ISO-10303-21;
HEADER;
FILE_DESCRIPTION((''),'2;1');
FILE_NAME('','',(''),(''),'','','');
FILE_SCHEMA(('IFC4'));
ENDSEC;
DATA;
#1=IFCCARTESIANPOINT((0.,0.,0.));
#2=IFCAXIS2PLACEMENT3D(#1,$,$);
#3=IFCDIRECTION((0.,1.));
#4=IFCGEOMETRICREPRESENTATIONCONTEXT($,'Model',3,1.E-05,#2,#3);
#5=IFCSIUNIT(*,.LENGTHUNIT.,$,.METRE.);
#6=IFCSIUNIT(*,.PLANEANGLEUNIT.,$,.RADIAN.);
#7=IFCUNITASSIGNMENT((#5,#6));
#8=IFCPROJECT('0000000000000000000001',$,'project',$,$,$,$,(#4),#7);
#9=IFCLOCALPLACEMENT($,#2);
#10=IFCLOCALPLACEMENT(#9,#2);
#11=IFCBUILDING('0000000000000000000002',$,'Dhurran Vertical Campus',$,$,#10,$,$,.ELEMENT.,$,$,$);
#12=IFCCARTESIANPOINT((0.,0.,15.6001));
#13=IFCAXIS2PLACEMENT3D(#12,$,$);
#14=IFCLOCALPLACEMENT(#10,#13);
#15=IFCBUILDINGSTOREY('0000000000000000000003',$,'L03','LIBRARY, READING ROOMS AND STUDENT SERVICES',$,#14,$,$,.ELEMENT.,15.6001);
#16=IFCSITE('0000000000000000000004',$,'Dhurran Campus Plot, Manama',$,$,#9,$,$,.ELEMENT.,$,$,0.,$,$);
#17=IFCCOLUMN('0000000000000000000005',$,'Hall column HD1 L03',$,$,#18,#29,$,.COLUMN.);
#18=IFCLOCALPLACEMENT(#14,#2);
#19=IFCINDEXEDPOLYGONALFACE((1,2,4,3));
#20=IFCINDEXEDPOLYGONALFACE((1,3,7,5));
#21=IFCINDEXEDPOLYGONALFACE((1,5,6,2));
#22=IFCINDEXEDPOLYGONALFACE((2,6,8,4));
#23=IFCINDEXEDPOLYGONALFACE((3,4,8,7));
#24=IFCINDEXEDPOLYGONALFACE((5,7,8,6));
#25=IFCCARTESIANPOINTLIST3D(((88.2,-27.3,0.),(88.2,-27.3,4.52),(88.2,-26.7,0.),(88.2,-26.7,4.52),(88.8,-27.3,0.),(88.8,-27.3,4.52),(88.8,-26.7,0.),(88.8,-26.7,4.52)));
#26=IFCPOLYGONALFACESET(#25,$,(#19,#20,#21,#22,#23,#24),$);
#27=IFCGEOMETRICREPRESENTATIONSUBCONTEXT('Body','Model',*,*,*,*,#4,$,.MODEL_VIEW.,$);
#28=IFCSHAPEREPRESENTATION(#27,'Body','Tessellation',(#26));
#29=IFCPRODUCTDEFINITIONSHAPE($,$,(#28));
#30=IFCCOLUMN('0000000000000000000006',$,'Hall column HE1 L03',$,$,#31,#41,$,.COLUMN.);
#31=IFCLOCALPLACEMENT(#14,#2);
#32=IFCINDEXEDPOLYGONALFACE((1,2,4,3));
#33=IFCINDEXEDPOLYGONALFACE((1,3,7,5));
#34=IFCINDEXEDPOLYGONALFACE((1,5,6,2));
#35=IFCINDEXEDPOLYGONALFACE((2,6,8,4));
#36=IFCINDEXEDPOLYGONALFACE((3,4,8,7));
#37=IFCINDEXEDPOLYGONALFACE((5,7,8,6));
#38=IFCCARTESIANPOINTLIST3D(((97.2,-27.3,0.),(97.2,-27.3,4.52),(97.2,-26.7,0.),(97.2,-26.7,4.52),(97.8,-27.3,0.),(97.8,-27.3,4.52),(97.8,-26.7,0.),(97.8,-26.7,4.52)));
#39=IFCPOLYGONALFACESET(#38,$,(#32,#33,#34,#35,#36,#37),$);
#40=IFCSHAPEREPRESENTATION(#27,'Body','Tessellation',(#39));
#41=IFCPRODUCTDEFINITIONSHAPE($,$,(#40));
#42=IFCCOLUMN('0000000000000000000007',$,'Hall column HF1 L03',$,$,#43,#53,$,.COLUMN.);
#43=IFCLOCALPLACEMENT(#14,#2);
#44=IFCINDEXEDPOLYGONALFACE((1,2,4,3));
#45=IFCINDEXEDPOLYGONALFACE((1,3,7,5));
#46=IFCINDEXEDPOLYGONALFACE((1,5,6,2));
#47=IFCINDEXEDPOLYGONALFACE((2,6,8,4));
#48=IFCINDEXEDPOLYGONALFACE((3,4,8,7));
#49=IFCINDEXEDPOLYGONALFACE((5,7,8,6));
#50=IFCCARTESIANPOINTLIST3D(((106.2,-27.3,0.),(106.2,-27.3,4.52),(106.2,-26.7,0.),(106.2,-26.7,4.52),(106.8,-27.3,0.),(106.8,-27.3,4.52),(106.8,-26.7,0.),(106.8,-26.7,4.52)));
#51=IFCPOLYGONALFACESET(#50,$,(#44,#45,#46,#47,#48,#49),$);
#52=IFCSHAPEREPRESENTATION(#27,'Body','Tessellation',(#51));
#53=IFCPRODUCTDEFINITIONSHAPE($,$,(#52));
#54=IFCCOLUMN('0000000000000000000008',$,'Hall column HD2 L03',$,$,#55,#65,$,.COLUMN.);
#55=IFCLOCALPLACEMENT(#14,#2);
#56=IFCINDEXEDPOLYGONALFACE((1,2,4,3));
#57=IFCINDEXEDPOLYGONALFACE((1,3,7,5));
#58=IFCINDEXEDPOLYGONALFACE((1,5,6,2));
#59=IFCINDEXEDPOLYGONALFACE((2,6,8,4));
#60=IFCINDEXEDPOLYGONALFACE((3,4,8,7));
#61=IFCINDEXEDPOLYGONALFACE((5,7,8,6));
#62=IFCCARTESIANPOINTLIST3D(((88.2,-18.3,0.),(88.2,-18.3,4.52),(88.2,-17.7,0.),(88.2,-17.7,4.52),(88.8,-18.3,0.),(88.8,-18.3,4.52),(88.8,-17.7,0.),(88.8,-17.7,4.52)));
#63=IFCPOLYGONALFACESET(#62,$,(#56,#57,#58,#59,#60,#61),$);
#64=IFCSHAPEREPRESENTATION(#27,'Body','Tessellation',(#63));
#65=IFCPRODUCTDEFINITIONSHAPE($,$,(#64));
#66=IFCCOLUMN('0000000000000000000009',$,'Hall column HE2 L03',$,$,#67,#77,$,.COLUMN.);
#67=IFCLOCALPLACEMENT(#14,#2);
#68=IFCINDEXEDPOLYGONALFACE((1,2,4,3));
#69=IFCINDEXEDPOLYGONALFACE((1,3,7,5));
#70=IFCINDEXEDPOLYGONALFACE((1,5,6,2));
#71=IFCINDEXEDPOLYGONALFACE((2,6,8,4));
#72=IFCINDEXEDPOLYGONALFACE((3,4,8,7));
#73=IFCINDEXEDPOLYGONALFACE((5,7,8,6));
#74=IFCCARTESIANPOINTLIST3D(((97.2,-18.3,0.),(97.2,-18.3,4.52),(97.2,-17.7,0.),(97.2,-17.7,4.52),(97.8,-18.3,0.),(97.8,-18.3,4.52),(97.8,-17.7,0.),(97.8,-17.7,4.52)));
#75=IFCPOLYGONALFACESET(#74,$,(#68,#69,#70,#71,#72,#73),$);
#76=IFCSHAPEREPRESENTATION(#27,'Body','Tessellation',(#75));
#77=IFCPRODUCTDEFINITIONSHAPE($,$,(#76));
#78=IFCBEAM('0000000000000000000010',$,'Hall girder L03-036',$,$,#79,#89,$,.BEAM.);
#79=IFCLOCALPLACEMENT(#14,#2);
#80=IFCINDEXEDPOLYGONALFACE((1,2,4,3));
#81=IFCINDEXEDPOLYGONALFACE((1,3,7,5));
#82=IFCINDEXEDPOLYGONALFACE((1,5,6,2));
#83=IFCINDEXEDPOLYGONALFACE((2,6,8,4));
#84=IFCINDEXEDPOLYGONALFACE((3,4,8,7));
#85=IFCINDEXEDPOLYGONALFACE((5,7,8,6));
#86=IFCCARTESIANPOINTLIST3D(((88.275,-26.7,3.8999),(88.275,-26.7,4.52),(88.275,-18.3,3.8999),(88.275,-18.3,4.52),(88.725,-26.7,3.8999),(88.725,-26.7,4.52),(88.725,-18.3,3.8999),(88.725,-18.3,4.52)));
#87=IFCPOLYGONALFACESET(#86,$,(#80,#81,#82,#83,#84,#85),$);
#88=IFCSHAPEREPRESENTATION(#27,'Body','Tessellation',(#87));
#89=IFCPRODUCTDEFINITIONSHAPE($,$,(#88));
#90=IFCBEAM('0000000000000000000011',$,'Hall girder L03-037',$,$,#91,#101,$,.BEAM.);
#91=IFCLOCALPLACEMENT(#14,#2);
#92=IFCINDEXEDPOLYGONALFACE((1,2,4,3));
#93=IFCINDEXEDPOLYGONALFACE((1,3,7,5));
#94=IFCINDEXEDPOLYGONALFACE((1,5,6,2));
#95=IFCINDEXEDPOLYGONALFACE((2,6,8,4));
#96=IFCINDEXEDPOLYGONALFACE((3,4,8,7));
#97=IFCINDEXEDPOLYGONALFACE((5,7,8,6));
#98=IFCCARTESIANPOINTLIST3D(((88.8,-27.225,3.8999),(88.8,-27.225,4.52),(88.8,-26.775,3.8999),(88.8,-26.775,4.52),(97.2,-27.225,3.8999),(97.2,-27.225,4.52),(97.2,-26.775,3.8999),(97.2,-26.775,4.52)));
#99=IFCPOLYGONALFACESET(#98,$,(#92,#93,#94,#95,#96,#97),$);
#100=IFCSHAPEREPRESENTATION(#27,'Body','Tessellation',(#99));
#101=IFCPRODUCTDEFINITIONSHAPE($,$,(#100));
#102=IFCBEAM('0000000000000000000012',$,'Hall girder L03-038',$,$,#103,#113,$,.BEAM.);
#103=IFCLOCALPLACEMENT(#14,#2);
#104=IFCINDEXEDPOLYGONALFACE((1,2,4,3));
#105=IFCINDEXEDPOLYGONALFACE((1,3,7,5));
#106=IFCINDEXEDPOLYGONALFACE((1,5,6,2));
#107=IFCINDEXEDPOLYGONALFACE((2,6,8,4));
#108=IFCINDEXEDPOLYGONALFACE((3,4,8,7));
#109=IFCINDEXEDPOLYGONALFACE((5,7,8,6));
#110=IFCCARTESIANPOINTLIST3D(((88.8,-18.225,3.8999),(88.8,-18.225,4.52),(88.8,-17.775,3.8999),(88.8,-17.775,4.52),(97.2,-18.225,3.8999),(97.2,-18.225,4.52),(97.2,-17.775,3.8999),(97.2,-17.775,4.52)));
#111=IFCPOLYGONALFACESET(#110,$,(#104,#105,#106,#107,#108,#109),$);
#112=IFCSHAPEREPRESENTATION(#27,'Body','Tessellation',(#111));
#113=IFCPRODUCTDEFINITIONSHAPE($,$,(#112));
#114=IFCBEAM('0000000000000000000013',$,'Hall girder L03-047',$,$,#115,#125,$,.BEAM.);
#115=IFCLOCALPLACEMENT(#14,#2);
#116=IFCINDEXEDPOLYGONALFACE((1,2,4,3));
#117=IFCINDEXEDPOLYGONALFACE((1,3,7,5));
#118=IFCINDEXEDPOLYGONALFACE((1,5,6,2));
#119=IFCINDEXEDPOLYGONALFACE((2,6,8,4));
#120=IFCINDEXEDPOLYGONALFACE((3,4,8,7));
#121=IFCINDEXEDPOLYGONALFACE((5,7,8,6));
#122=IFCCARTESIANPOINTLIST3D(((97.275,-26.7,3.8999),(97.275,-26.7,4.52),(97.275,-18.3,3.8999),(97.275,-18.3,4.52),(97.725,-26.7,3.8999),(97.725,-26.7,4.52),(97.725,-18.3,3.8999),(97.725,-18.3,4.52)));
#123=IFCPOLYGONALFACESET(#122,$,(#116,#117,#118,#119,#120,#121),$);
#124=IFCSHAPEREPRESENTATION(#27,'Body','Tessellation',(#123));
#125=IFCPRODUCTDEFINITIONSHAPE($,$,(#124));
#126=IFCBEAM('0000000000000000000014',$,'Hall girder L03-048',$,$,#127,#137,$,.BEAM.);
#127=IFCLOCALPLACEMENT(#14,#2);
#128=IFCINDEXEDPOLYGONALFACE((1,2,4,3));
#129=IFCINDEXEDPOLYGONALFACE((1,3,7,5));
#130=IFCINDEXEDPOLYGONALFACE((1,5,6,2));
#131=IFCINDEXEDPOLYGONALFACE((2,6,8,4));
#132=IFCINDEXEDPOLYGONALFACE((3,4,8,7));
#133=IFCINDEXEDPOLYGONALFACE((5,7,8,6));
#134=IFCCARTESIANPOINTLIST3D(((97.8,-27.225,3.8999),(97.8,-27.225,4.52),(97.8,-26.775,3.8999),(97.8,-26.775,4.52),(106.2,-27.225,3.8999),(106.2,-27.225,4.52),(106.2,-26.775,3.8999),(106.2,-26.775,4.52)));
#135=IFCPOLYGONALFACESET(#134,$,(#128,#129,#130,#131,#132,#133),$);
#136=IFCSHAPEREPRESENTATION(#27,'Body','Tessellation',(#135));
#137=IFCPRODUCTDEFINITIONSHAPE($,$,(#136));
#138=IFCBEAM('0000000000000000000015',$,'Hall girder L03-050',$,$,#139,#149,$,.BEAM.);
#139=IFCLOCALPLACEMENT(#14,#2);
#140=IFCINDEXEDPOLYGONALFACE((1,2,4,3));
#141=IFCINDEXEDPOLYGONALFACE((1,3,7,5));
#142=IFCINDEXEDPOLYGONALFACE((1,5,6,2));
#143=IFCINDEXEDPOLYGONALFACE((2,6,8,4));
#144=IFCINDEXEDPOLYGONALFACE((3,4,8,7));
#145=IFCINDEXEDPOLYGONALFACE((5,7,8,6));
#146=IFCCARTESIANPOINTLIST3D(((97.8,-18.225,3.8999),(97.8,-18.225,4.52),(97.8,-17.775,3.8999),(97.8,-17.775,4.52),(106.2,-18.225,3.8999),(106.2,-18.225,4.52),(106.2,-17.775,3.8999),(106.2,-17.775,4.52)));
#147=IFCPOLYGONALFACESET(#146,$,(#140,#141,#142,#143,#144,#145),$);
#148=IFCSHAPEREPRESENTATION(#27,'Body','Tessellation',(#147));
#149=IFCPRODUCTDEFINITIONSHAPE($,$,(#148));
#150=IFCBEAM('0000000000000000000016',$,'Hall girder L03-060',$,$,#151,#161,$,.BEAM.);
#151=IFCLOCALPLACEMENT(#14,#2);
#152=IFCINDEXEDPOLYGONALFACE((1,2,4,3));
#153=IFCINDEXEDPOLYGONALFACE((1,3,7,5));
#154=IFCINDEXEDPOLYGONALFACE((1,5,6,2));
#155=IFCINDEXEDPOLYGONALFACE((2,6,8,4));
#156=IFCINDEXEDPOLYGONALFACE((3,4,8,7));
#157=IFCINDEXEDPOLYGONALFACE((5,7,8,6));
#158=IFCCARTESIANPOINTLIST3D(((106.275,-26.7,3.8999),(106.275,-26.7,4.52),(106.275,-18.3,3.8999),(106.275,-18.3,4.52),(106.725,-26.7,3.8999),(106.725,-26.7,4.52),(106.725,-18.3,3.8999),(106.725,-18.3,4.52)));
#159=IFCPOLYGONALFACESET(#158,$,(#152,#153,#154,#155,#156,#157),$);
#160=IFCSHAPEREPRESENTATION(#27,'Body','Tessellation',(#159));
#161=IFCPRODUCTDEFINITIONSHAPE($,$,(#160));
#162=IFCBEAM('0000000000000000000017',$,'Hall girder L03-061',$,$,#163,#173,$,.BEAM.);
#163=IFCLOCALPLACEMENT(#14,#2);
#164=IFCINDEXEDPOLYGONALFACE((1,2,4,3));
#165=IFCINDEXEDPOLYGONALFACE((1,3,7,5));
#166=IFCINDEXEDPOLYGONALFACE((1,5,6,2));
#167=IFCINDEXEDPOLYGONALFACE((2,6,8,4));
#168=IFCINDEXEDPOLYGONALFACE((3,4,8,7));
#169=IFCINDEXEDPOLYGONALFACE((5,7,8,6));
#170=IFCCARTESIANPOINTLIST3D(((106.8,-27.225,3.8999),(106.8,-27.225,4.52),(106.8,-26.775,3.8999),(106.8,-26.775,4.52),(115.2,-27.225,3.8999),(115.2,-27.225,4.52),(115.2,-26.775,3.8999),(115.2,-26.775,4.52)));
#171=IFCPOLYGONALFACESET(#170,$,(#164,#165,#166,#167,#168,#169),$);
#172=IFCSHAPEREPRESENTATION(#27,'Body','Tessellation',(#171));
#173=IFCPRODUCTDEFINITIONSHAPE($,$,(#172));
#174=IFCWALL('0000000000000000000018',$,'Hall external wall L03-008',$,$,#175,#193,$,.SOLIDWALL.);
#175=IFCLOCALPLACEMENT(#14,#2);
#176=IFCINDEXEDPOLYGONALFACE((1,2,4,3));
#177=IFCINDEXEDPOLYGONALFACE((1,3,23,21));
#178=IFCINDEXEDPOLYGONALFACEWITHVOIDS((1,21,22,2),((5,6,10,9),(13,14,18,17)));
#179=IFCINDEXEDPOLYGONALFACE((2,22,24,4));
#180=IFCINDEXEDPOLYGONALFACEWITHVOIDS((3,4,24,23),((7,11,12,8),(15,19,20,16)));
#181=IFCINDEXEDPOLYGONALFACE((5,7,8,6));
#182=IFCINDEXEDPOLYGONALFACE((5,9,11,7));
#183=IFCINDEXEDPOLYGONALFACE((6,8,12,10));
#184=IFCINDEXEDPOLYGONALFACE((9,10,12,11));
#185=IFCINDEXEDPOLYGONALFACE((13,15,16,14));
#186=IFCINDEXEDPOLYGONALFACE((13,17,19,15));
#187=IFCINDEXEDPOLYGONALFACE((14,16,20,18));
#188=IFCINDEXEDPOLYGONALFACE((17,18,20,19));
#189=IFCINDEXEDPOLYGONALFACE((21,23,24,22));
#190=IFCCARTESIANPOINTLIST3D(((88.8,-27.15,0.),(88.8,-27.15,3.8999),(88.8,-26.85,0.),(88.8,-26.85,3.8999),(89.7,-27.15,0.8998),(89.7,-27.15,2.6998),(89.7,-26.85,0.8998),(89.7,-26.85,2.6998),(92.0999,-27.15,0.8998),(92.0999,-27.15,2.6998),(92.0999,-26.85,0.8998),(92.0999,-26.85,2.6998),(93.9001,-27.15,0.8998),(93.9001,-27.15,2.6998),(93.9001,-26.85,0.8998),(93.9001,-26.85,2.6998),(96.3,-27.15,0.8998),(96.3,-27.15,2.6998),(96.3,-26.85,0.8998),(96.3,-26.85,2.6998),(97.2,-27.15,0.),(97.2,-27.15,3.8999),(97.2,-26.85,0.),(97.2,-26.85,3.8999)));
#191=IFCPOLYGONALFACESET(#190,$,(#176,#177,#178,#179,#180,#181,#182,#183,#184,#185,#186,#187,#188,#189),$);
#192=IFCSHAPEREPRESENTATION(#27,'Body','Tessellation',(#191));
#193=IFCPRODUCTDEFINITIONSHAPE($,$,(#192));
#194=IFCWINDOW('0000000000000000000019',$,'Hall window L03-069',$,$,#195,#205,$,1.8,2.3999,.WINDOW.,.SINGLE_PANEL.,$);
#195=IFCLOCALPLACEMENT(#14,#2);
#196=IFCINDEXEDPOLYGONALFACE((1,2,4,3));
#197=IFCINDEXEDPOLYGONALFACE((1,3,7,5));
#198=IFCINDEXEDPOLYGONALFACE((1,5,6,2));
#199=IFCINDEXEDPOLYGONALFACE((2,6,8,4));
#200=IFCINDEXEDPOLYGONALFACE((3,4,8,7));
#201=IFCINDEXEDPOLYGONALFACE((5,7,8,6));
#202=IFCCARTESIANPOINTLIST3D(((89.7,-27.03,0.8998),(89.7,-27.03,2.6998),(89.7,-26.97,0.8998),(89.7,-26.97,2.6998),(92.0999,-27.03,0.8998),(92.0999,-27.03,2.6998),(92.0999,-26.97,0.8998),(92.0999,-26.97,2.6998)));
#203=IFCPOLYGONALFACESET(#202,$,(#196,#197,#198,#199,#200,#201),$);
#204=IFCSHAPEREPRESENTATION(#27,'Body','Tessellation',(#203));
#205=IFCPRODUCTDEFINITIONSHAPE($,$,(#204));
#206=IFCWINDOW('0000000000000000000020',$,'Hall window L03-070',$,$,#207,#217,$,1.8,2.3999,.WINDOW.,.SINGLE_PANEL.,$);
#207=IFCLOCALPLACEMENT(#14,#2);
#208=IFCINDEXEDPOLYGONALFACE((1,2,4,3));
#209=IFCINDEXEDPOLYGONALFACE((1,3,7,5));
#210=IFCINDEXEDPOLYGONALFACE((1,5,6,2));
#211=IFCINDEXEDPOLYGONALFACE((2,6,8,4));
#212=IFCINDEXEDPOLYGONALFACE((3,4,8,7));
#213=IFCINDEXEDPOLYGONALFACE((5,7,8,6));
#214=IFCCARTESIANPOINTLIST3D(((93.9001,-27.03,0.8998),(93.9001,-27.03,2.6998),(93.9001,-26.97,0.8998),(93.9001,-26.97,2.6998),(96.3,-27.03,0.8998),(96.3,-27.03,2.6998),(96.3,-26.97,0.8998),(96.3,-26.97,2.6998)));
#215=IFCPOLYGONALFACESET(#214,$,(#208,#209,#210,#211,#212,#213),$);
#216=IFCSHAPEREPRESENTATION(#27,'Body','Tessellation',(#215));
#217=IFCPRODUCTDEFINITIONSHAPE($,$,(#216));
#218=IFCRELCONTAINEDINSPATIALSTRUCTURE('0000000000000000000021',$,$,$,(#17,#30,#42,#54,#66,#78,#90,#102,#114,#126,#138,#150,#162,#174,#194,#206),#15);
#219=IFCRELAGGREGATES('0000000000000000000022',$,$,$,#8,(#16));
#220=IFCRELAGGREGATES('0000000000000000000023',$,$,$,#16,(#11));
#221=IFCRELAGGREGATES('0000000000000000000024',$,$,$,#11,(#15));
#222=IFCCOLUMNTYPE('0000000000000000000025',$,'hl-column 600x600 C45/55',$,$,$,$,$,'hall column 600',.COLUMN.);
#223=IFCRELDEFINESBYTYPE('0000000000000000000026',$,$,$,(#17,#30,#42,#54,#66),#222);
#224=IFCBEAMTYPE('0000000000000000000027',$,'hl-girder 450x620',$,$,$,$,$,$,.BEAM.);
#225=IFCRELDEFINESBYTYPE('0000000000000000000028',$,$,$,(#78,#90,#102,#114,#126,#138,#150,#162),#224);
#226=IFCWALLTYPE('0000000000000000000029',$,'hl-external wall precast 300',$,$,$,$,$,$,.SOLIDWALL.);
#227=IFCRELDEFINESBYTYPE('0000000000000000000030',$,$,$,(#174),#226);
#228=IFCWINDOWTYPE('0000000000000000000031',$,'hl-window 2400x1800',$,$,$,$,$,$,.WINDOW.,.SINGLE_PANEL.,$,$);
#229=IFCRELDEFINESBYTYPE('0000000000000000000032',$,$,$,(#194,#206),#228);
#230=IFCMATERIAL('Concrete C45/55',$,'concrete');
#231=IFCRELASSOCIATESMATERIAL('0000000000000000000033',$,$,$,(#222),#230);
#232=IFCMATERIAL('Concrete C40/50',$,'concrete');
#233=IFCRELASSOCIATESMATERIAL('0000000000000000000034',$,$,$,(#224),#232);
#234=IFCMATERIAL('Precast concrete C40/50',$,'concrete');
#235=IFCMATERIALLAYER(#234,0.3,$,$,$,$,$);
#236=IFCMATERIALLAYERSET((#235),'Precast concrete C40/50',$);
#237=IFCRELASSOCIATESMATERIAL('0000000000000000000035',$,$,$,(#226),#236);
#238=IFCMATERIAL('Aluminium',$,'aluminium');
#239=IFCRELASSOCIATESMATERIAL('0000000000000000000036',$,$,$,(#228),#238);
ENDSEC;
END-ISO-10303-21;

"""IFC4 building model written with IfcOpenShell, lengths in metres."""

from ifc_helpers import new_model, si_unit, direction, frame, frame_2d, origin, origin_2d, place, context, subcontext, project, spatial, rectangle, extrude, material, layer, layer_set, material_profile, profile_set, type_object, element, fill, save


model = new_model("IFC4")

# Units and contexts
model_context = context("Model", 3, precision=1e-05, world=origin(), true_north=direction((0.0, 1.0)))
body_context = subcontext(model_context, "Body", "Model", "MODEL_VIEW")
ifc_project = project(units=[si_unit("LENGTHUNIT", "METRE"), si_unit("PLANEANGLEUNIT", "RADIAN")], contexts=[model_context])

# Site, building, storey
site_placement = place(None, origin())
site = spatial("IfcSite", under=ifc_project, at=site_placement, Name="Dhurran Campus Plot, Manama", CompositionType="ELEMENT", RefElevation=0.0)
building_placement = place(site_placement, origin())
building = spatial("IfcBuilding", under=site, at=building_placement, Name="Dhurran Vertical Campus", CompositionType="ELEMENT")
storey_placement = place(building_placement, frame((0.0, 0.0, 15.6001)))
storey = spatial("IfcBuildingStorey", under=building, at=storey_placement, Name="L03", Description="LIBRARY, READING ROOMS AND STUDENT SERVICES", CompositionType="ELEMENT", Elevation=15.6001)

# Columns
ifc_material_1 = material(Name="Concrete C45/55", Category="concrete")
ifc_material_profile_1 = material_profile(ifc_material_1, rectangle(XDim=0.6001, YDim=0.6001, at=origin_2d()), Name="hl-column 600x600 C45/55")
ifc_profile_set_1 = profile_set([ifc_material_profile_1], Name="Concrete C45/55")
column_type = type_object("IfcColumnType", Name="hl-column 600x600 C45/55", ElementType="hall column 600", PredefinedType="COLUMN", material=ifc_profile_set_1)
for number, where, z_axis, x_axis, name in (
    (1, (88.5, -27.0, 0.0), (0.0, 0.0, 1.0), (1.0, 0.0, 0.0), "Hall column HD1 L03"),
    (2, (97.5, -27.0, 0.0), (0.0, 0.0, 1.0), (1.0, 0.0, 0.0), "Hall column HE1 L03"),
    (3, (106.5, -27.0, 0.0), (0.0, 0.0, 1.0), (1.0, 0.0, 0.0), "Hall column HF1 L03"),
    (4, (88.5, -18.0, 0.0), (0.0, 0.0, 1.0), (1.0, 0.0, 0.0), "Hall column HD2 L03"),
    (5, (97.5, -18.0, 0.0), (0.0, 0.0, 1.0), (1.0, 0.0, 0.0), "Hall column HE2 L03"),
):
    element("IfcColumn", number, at=place(storey_placement, frame(where, z_axis=z_axis, x_axis=x_axis)), inside=storey, type_object=column_type, Name=name, PredefinedType="COLUMN", context=body_context, shape_type="SweptSolid", body=[
        extrude(rectangle(XDim=0.6001, YDim=0.6001, at=origin_2d()), origin(), (0.0, 0.0, 1.0), 4.52),
    ])

# Beams
ifc_material_2 = material(Name="Concrete C40/50", Category="concrete")
ifc_material_profile_2 = material_profile(ifc_material_2, rectangle(XDim=0.45, YDim=0.6201, at=origin_2d()), Name="hl-girder 450x620")
ifc_profile_set_2 = profile_set([ifc_material_profile_2], Name="Concrete C40/50")
beam_type = type_object("IfcBeamType", Name="hl-girder 450x620", PredefinedType="BEAM", material=ifc_profile_set_2)
for number, where, z_axis, x_axis, name in (
    (6, (88.5, -26.7, 4.21), (0.0, 1.0, 0.0), (-1.0, 0.0, 0.0), "Hall girder L03-036"),
    (7, (88.8, -27.0, 4.21), (1.0, 0.0, 0.0), (0.0, 1.0, 0.0), "Hall girder L03-037"),
    (8, (88.8, -18.0, 4.21), (1.0, 0.0, 0.0), (0.0, 1.0, 0.0), "Hall girder L03-038"),
    (9, (97.5, -26.7, 4.21), (0.0, 1.0, 0.0), (-1.0, 0.0, 0.0), "Hall girder L03-047"),
    (10, (97.8, -27.0, 4.21), (1.0, 0.0, 0.0), (0.0, 1.0, 0.0), "Hall girder L03-048"),
    (11, (97.8, -18.0, 4.21), (1.0, 0.0, 0.0), (0.0, 1.0, 0.0), "Hall girder L03-050"),
    (12, (106.5, -26.7, 4.21), (0.0, 1.0, 0.0), (-1.0, 0.0, 0.0), "Hall girder L03-060"),
    (13, (106.8, -27.0, 4.21), (1.0, 0.0, 0.0), (0.0, 1.0, 0.0), "Hall girder L03-061"),
):
    element("IfcBeam", number, at=place(storey_placement, frame(where, z_axis=z_axis, x_axis=x_axis)), inside=storey, type_object=beam_type, Name=name, PredefinedType="BEAM", context=body_context, shape_type="SweptSolid", body=[
        extrude(rectangle(XDim=0.45, YDim=0.6201, at=origin_2d()), origin(), (0.0, 0.0, 1.0), 8.3999),
    ])

# Wall, openings, windows
ifc_material_3 = material(Name="Precast concrete C40/50", Category="concrete")
ifc_layer_1 = layer(ifc_material_3, 0.3)
ifc_layer_set_1 = layer_set([ifc_layer_1], Name="Precast concrete C40/50")
wall_type_1 = type_object("IfcWallType", Name="hl-external wall precast 300", PredefinedType="SOLIDWALL", material=ifc_layer_set_1)
wall_1_placement = place(storey_placement, frame((88.8, -27.0, 0.0), z_axis=(0.0, 0.0, 1.0), x_axis=(1.0, 0.0, 0.0)))
wall_1 = element("IfcWall", 14, at=wall_1_placement, inside=storey, type_object=wall_type_1, Name="Hall external wall L03-008", PredefinedType="SOLIDWALL", context=body_context, shape_type="SweptSolid", body=[
    extrude(rectangle(XDim=8.3999, YDim=0.3, at=frame_2d((4.2, 0.0))), origin(), (0.0, 0.0, 1.0), 3.8999),
])
opening_1_placement = place(wall_1_placement, frame((0.8999, 0.0, 0.8999)))
opening_1 = element("IfcOpeningElement", 15, at=opening_1_placement, cuts=wall_1, PredefinedType="OPENING", context=body_context, shape_type="SweptSolid", body=[
    extrude(rectangle(XDim=2.3999, YDim=1.8, at=frame_2d((1.2, 0.8999))), frame((0.0, 0.1599, 0.0), z_axis=(0.0, -1.0, 0.0), x_axis=(1.0, 0.0, 0.0)), (0.0, 0.0, 1.0), 0.3201),
])
opening_2_placement = place(wall_1_placement, frame((5.1001, 0.0, 0.8999)))
opening_2 = element("IfcOpeningElement", 16, at=opening_2_placement, cuts=wall_1, PredefinedType="OPENING", context=body_context, shape_type="SweptSolid", body=[
    extrude(rectangle(XDim=2.3999, YDim=1.8, at=frame_2d((1.2, 0.8999))), frame((0.0, 0.1599, 0.0), z_axis=(0.0, -1.0, 0.0), x_axis=(1.0, 0.0, 0.0)), (0.0, 0.0, 1.0), 0.3201),
])
ifc_material_4 = material(Name="Aluminium", Category="aluminium")
window_type = type_object("IfcWindowType", Name="hl-window 2400x1800", PartitioningType="SINGLE_PANEL", PredefinedType="WINDOW", material=ifc_material_4)
window_1_placement = place(opening_1_placement, origin())
window_1 = element("IfcWindow", 17, at=window_1_placement, inside=storey, type_object=window_type, Name="Hall window L03-069", OverallHeight=1.8, OverallWidth=2.3999, PartitioningType="SINGLE_PANEL", PredefinedType="WINDOW", context=body_context, shape_type="SweptSolid", body=[
    extrude(rectangle(XDim=2.3999, YDim=1.8, at=frame_2d((1.2, 0.8999))), frame((0.0, 0.03, 0.0), z_axis=(0.0, -1.0, 0.0), x_axis=(1.0, 0.0, 0.0)), (0.0, 0.0, 1.0), 0.0601),
])
fill(opening_1, window_1)
window_2_placement = place(opening_2_placement, origin())
window_2 = element("IfcWindow", 18, at=window_2_placement, inside=storey, type_object=window_type, Name="Hall window L03-070", OverallHeight=1.8, OverallWidth=2.3999, PartitioningType="SINGLE_PANEL", PredefinedType="WINDOW", context=body_context, shape_type="SweptSolid", body=[
    extrude(rectangle(XDim=2.3999, YDim=1.8, at=frame_2d((1.2, 0.8999))), frame((0.0, 0.03, 0.0), z_axis=(0.0, -1.0, 0.0), x_axis=(1.0, 0.0, 0.0)), (0.0, 0.0, 1.0), 0.0601),
])
fill(opening_2, window_2)

save(model, "model.ifc")
